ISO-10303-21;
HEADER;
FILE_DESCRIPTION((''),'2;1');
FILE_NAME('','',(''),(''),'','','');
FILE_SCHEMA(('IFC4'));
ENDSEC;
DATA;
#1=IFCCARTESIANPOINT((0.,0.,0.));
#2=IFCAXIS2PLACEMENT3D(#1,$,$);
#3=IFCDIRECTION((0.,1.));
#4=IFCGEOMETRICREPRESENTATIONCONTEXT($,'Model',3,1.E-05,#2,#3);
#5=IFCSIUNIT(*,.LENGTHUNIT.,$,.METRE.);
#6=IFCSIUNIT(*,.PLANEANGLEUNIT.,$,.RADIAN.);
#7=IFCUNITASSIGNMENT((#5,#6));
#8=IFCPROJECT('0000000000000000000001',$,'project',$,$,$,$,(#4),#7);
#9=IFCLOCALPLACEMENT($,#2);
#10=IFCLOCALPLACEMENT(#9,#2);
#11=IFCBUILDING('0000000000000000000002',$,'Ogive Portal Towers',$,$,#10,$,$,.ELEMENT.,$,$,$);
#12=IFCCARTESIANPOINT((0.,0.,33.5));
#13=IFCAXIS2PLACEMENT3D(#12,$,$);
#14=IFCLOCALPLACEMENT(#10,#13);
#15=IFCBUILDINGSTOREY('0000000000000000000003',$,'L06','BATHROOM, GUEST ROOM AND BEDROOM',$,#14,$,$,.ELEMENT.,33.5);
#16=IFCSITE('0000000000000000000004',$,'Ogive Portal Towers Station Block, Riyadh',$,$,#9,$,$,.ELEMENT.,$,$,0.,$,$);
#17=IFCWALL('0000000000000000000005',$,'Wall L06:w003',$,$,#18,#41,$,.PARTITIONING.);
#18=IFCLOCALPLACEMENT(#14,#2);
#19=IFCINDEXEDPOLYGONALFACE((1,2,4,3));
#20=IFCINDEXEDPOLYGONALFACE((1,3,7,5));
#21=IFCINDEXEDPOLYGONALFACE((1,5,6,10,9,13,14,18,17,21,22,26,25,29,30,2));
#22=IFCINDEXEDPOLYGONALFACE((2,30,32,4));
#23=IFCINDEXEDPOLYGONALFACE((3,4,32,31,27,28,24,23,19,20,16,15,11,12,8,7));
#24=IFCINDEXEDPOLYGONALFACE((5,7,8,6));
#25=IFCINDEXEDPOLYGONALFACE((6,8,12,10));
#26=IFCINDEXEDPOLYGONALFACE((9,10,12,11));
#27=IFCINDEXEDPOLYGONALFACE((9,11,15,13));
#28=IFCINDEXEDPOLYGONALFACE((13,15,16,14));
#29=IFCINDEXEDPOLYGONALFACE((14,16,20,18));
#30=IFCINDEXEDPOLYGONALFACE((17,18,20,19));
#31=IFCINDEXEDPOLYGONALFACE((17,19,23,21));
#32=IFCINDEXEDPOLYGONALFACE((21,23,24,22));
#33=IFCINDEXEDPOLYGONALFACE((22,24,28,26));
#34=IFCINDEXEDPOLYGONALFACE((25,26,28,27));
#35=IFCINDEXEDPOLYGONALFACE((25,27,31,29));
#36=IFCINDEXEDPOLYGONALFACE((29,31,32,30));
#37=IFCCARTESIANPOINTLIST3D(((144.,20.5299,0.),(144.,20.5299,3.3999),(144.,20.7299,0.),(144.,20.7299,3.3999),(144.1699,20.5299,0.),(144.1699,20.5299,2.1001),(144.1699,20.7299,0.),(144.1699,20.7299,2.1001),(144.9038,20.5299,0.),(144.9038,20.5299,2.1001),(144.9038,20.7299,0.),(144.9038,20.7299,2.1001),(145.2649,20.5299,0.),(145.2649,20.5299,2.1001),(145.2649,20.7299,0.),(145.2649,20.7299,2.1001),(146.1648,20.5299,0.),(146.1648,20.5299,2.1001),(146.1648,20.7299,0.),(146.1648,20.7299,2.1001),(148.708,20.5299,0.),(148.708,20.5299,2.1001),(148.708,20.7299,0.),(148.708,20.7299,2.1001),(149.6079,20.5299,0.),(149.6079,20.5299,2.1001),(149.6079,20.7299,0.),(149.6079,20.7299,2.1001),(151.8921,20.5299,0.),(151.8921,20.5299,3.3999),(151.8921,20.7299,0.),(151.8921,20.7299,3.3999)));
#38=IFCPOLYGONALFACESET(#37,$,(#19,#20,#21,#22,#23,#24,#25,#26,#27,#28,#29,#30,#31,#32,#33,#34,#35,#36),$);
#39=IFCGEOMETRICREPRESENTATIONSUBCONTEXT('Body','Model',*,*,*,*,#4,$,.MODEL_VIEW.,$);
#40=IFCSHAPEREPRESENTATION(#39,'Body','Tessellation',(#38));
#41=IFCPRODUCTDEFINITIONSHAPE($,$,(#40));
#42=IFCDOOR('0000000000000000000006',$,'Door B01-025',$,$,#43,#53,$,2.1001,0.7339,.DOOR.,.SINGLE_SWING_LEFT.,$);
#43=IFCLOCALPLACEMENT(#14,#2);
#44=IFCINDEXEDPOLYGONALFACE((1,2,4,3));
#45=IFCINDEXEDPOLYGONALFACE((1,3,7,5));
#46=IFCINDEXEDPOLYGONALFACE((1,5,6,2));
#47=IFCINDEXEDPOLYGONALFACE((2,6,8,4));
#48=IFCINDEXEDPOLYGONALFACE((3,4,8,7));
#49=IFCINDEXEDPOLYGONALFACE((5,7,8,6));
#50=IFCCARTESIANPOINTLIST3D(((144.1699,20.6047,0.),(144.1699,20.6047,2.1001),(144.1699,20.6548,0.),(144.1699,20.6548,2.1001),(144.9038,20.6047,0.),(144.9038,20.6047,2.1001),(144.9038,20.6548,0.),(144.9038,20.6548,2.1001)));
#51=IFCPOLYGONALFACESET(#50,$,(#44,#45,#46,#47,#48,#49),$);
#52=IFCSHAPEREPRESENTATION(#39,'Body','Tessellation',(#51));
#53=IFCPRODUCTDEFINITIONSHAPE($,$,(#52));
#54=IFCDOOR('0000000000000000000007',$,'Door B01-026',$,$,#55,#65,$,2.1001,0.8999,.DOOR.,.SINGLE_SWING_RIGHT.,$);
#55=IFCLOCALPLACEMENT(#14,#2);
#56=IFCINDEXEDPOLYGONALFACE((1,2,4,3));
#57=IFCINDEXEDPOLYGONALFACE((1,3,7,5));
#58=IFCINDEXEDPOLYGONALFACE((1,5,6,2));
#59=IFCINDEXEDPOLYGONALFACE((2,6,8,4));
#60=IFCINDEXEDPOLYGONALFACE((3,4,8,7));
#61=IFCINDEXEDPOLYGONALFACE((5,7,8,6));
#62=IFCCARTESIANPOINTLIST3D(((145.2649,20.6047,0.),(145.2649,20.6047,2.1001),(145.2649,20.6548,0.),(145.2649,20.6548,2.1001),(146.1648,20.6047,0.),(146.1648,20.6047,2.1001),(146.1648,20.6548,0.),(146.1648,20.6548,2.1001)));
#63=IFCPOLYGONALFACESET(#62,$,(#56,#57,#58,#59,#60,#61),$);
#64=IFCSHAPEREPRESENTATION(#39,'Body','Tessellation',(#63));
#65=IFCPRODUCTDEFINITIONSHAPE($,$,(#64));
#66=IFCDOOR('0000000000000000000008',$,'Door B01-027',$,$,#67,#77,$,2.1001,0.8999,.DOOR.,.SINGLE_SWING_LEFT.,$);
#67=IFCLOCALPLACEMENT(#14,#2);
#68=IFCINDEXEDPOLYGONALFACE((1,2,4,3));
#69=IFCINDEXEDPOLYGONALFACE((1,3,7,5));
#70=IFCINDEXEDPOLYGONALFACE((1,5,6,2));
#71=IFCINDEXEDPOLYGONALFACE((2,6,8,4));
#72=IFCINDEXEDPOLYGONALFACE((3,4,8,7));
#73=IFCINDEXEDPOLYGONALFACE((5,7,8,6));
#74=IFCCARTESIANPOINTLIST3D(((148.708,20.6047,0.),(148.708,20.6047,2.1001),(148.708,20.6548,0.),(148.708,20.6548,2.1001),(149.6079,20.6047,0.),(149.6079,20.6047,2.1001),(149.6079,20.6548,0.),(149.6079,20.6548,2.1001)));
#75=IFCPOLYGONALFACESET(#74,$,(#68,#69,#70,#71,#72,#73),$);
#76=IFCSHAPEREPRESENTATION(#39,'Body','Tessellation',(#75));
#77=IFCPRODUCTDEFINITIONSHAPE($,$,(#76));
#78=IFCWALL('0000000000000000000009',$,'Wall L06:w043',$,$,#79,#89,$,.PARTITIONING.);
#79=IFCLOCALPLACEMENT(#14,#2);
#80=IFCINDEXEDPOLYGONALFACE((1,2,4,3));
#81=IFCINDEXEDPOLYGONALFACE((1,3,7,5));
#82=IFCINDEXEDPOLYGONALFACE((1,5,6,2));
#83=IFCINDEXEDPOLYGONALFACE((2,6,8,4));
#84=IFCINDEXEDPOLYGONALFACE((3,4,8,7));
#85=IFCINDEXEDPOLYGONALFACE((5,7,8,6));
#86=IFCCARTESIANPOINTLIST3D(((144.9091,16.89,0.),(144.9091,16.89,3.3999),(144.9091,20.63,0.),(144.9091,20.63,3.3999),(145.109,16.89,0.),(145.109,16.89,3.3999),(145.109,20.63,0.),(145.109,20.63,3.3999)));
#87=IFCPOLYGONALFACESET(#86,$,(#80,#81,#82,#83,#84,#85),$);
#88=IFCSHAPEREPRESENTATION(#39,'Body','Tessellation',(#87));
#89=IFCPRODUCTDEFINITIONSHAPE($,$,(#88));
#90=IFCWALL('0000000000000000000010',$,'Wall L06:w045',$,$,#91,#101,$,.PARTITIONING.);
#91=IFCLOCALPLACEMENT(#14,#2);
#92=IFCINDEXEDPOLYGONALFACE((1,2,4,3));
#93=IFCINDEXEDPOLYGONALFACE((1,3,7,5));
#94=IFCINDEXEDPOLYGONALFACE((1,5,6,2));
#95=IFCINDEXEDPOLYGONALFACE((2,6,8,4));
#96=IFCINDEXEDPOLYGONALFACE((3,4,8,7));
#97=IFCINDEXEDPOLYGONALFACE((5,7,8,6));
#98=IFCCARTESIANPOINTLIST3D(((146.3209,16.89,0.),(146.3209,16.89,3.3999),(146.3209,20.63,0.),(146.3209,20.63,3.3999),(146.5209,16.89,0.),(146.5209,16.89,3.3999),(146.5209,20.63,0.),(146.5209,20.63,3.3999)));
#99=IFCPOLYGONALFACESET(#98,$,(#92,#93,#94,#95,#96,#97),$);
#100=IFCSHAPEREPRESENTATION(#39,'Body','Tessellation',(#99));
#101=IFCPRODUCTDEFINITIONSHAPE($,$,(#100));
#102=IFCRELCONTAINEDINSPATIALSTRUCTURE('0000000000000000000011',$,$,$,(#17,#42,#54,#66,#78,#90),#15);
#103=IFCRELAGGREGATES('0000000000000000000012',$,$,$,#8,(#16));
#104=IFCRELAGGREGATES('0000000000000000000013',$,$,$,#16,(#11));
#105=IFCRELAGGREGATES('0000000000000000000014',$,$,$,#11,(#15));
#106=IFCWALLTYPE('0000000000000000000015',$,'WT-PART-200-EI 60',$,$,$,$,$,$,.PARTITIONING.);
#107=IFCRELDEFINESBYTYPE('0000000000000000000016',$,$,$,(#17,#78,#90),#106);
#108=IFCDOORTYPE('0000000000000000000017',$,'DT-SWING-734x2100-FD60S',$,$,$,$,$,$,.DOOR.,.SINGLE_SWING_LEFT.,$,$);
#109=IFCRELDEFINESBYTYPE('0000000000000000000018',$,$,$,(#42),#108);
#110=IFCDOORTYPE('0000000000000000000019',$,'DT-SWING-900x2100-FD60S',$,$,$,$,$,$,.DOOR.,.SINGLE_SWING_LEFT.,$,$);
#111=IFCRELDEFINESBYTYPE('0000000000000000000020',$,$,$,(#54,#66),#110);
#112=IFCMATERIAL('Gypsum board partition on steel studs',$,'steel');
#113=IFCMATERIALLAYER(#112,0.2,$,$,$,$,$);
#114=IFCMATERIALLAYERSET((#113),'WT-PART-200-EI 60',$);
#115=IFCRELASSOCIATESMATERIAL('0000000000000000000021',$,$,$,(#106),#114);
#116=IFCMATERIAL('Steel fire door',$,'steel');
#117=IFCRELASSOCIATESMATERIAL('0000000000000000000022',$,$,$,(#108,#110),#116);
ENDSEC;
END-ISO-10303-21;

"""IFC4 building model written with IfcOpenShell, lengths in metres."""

from ifc_helpers import new_model, si_unit, direction, frame, frame_2d, origin, place, context, subcontext, project, spatial, rectangle, extrude, material, layer, layer_set, type_object, element, fill, save


model = new_model("IFC4")

# Units and contexts
model_context = context("Model", 3, precision=1e-05, world=origin(), true_north=direction((0.0, 1.0)))
body_context = subcontext(model_context, "Body", "Model", "MODEL_VIEW")
ifc_project = project(units=[si_unit("LENGTHUNIT", "METRE"), si_unit("PLANEANGLEUNIT", "RADIAN")], contexts=[model_context])

# Site, building, storey
site_placement = place(None, origin())
site = spatial("IfcSite", under=ifc_project, at=site_placement, Name="Ogive Portal Towers Station Block, Riyadh", CompositionType="ELEMENT", RefElevation=0.0)
building_placement = place(site_placement, origin())
building = spatial("IfcBuilding", under=site, at=building_placement, Name="Ogive Portal Towers", CompositionType="ELEMENT")
storey_placement = place(building_placement, frame((0.0, 0.0, 33.5)))
storey = spatial("IfcBuildingStorey", under=building, at=storey_placement, Name="L06", Description="BATHROOM, GUEST ROOM AND BEDROOM", CompositionType="ELEMENT", Elevation=33.5)

# Shared definitions
ifc_material_1 = material(Name="Steel fire door", Category="steel")

# Wall, openings, doors
ifc_material_2 = material(Name="Gypsum board partition on steel studs", Category="steel")
ifc_layer_1 = layer(ifc_material_2, 0.2)
ifc_layer_set_1 = layer_set([ifc_layer_1], Name="WT-PART-200-EI 60")
wall_type_1 = type_object("IfcWallType", Name="WT-PART-200-EI 60", PredefinedType="PARTITIONING", material=ifc_layer_set_1)
wall_1_placement = place(storey_placement, frame((144.0, 20.6299, 0.0), z_axis=(0.0, 0.0, 1.0), x_axis=(1.0, 0.0, 0.0)))
wall_1 = element("IfcWall", 1, at=wall_1_placement, inside=storey, type_object=wall_type_1, Name="Wall L06:w003", PredefinedType="PARTITIONING", context=body_context, shape_type="SweptSolid", body=[
    extrude(rectangle(XDim=7.8921, YDim=0.2, at=frame_2d((3.946, 0.0))), origin(), (0.0, 0.0, 1.0), 3.3999),
])
opening_1_placement = place(wall_1_placement, frame((0.1699, 0.0, 0.0)))
opening_1 = element("IfcOpeningElement", 2, at=opening_1_placement, cuts=wall_1, PredefinedType="OPENING", context=body_context, shape_type="SweptSolid", body=[
    extrude(rectangle(XDim=0.7339, YDim=2.1001, at=frame_2d((0.3669, 1.05))), frame((0.0, 0.1099, 0.0), z_axis=(0.0, -1.0, 0.0), x_axis=(1.0, 0.0, 0.0)), (0.0, 0.0, 1.0), 0.22),
])
opening_2_placement = place(wall_1_placement, frame((1.2649, 0.0, 0.0)))
opening_2 = element("IfcOpeningElement", 3, at=opening_2_placement, cuts=wall_1, PredefinedType="OPENING", context=body_context, shape_type="SweptSolid", body=[
    extrude(rectangle(XDim=0.8999, YDim=2.1001, at=frame_2d((0.45, 1.05))), frame((0.0, 0.1099, 0.0), z_axis=(0.0, -1.0, 0.0), x_axis=(1.0, 0.0, 0.0)), (0.0, 0.0, 1.0), 0.22),
])
opening_3_placement = place(wall_1_placement, frame((4.708, 0.0, 0.0)))
opening_3 = element("IfcOpeningElement", 4, at=opening_3_placement, cuts=wall_1, PredefinedType="OPENING", context=body_context, shape_type="SweptSolid", body=[
    extrude(rectangle(XDim=0.8999, YDim=2.1001, at=frame_2d((0.45, 1.05))), frame((0.0, 0.1099, 0.0), z_axis=(0.0, -1.0, 0.0), x_axis=(1.0, 0.0, 0.0)), (0.0, 0.0, 1.0), 0.22),
])
door_type_1 = type_object("IfcDoorType", Name="DT-SWING-734x2100-FD60S", OperationType="SINGLE_SWING_LEFT", PredefinedType="DOOR", material=ifc_material_1)
door_1_placement = place(opening_1_placement, origin())
door_1 = element("IfcDoor", 5, at=door_1_placement, inside=storey, type_object=door_type_1, Name="Door B01-025", OperationType="SINGLE_SWING_LEFT", OverallHeight=2.1001, OverallWidth=0.7339, PredefinedType="DOOR", context=body_context, shape_type="SweptSolid", body=[
    extrude(rectangle(XDim=0.7339, YDim=2.1001, at=frame_2d((0.3669, 1.05))), frame((0.0, 0.0249, 0.0), z_axis=(0.0, -1.0, 0.0), x_axis=(1.0, 0.0, 0.0)), (0.0, 0.0, 1.0), 0.05),
])
fill(opening_1, door_1)
door_type_2 = type_object("IfcDoorType", Name="DT-SWING-900x2100-FD60S", OperationType="SINGLE_SWING_LEFT", PredefinedType="DOOR", material=ifc_material_1)
door_2_placement = place(opening_2_placement, origin())
door_2 = element("IfcDoor", 6, at=door_2_placement, inside=storey, type_object=door_type_2, Name="Door B01-026", OperationType="SINGLE_SWING_RIGHT", OverallHeight=2.1001, OverallWidth=0.8999, PredefinedType="DOOR", context=body_context, shape_type="SweptSolid", body=[
    extrude(rectangle(XDim=0.8999, YDim=2.1001, at=frame_2d((0.45, 1.05))), frame((0.0, 0.0249, 0.0), z_axis=(0.0, -1.0, 0.0), x_axis=(1.0, 0.0, 0.0)), (0.0, 0.0, 1.0), 0.05),
])
fill(opening_2, door_2)
door_3_placement = place(opening_3_placement, origin())
door_3 = element("IfcDoor", 7, at=door_3_placement, inside=storey, type_object=door_type_2, Name="Door B01-027", OperationType="SINGLE_SWING_LEFT", OverallHeight=2.1001, OverallWidth=0.8999, PredefinedType="DOOR", context=body_context, shape_type="SweptSolid", body=[
    extrude(rectangle(XDim=0.8999, YDim=2.1001, at=frame_2d((0.45, 1.05))), frame((0.0, 0.0249, 0.0), z_axis=(0.0, -1.0, 0.0), x_axis=(1.0, 0.0, 0.0)), (0.0, 0.0, 1.0), 0.05),
])
fill(opening_3, door_3)

# Walls
for number, where, z_axis, x_axis, name in (
    (8, (145.009, 16.8899, 0.0), (0.0, 0.0, 1.0), (0.0, 1.0, 0.0), "Wall L06:w043"),
    (9, (146.4209, 16.8899, 0.0), (0.0, 0.0, 1.0), (0.0, 1.0, 0.0), "Wall L06:w045"),
):
    element("IfcWall", number, at=place(storey_placement, frame(where, z_axis=z_axis, x_axis=x_axis)), inside=storey, type_object=wall_type_1, Name=name, PredefinedType="PARTITIONING", context=body_context, shape_type="SweptSolid", body=[
        extrude(rectangle(XDim=3.74, YDim=0.2, at=frame_2d((1.8701, 0.0))), origin(), (0.0, 0.0, 1.0), 3.3999),
    ])

save(model, "model.ifc")
